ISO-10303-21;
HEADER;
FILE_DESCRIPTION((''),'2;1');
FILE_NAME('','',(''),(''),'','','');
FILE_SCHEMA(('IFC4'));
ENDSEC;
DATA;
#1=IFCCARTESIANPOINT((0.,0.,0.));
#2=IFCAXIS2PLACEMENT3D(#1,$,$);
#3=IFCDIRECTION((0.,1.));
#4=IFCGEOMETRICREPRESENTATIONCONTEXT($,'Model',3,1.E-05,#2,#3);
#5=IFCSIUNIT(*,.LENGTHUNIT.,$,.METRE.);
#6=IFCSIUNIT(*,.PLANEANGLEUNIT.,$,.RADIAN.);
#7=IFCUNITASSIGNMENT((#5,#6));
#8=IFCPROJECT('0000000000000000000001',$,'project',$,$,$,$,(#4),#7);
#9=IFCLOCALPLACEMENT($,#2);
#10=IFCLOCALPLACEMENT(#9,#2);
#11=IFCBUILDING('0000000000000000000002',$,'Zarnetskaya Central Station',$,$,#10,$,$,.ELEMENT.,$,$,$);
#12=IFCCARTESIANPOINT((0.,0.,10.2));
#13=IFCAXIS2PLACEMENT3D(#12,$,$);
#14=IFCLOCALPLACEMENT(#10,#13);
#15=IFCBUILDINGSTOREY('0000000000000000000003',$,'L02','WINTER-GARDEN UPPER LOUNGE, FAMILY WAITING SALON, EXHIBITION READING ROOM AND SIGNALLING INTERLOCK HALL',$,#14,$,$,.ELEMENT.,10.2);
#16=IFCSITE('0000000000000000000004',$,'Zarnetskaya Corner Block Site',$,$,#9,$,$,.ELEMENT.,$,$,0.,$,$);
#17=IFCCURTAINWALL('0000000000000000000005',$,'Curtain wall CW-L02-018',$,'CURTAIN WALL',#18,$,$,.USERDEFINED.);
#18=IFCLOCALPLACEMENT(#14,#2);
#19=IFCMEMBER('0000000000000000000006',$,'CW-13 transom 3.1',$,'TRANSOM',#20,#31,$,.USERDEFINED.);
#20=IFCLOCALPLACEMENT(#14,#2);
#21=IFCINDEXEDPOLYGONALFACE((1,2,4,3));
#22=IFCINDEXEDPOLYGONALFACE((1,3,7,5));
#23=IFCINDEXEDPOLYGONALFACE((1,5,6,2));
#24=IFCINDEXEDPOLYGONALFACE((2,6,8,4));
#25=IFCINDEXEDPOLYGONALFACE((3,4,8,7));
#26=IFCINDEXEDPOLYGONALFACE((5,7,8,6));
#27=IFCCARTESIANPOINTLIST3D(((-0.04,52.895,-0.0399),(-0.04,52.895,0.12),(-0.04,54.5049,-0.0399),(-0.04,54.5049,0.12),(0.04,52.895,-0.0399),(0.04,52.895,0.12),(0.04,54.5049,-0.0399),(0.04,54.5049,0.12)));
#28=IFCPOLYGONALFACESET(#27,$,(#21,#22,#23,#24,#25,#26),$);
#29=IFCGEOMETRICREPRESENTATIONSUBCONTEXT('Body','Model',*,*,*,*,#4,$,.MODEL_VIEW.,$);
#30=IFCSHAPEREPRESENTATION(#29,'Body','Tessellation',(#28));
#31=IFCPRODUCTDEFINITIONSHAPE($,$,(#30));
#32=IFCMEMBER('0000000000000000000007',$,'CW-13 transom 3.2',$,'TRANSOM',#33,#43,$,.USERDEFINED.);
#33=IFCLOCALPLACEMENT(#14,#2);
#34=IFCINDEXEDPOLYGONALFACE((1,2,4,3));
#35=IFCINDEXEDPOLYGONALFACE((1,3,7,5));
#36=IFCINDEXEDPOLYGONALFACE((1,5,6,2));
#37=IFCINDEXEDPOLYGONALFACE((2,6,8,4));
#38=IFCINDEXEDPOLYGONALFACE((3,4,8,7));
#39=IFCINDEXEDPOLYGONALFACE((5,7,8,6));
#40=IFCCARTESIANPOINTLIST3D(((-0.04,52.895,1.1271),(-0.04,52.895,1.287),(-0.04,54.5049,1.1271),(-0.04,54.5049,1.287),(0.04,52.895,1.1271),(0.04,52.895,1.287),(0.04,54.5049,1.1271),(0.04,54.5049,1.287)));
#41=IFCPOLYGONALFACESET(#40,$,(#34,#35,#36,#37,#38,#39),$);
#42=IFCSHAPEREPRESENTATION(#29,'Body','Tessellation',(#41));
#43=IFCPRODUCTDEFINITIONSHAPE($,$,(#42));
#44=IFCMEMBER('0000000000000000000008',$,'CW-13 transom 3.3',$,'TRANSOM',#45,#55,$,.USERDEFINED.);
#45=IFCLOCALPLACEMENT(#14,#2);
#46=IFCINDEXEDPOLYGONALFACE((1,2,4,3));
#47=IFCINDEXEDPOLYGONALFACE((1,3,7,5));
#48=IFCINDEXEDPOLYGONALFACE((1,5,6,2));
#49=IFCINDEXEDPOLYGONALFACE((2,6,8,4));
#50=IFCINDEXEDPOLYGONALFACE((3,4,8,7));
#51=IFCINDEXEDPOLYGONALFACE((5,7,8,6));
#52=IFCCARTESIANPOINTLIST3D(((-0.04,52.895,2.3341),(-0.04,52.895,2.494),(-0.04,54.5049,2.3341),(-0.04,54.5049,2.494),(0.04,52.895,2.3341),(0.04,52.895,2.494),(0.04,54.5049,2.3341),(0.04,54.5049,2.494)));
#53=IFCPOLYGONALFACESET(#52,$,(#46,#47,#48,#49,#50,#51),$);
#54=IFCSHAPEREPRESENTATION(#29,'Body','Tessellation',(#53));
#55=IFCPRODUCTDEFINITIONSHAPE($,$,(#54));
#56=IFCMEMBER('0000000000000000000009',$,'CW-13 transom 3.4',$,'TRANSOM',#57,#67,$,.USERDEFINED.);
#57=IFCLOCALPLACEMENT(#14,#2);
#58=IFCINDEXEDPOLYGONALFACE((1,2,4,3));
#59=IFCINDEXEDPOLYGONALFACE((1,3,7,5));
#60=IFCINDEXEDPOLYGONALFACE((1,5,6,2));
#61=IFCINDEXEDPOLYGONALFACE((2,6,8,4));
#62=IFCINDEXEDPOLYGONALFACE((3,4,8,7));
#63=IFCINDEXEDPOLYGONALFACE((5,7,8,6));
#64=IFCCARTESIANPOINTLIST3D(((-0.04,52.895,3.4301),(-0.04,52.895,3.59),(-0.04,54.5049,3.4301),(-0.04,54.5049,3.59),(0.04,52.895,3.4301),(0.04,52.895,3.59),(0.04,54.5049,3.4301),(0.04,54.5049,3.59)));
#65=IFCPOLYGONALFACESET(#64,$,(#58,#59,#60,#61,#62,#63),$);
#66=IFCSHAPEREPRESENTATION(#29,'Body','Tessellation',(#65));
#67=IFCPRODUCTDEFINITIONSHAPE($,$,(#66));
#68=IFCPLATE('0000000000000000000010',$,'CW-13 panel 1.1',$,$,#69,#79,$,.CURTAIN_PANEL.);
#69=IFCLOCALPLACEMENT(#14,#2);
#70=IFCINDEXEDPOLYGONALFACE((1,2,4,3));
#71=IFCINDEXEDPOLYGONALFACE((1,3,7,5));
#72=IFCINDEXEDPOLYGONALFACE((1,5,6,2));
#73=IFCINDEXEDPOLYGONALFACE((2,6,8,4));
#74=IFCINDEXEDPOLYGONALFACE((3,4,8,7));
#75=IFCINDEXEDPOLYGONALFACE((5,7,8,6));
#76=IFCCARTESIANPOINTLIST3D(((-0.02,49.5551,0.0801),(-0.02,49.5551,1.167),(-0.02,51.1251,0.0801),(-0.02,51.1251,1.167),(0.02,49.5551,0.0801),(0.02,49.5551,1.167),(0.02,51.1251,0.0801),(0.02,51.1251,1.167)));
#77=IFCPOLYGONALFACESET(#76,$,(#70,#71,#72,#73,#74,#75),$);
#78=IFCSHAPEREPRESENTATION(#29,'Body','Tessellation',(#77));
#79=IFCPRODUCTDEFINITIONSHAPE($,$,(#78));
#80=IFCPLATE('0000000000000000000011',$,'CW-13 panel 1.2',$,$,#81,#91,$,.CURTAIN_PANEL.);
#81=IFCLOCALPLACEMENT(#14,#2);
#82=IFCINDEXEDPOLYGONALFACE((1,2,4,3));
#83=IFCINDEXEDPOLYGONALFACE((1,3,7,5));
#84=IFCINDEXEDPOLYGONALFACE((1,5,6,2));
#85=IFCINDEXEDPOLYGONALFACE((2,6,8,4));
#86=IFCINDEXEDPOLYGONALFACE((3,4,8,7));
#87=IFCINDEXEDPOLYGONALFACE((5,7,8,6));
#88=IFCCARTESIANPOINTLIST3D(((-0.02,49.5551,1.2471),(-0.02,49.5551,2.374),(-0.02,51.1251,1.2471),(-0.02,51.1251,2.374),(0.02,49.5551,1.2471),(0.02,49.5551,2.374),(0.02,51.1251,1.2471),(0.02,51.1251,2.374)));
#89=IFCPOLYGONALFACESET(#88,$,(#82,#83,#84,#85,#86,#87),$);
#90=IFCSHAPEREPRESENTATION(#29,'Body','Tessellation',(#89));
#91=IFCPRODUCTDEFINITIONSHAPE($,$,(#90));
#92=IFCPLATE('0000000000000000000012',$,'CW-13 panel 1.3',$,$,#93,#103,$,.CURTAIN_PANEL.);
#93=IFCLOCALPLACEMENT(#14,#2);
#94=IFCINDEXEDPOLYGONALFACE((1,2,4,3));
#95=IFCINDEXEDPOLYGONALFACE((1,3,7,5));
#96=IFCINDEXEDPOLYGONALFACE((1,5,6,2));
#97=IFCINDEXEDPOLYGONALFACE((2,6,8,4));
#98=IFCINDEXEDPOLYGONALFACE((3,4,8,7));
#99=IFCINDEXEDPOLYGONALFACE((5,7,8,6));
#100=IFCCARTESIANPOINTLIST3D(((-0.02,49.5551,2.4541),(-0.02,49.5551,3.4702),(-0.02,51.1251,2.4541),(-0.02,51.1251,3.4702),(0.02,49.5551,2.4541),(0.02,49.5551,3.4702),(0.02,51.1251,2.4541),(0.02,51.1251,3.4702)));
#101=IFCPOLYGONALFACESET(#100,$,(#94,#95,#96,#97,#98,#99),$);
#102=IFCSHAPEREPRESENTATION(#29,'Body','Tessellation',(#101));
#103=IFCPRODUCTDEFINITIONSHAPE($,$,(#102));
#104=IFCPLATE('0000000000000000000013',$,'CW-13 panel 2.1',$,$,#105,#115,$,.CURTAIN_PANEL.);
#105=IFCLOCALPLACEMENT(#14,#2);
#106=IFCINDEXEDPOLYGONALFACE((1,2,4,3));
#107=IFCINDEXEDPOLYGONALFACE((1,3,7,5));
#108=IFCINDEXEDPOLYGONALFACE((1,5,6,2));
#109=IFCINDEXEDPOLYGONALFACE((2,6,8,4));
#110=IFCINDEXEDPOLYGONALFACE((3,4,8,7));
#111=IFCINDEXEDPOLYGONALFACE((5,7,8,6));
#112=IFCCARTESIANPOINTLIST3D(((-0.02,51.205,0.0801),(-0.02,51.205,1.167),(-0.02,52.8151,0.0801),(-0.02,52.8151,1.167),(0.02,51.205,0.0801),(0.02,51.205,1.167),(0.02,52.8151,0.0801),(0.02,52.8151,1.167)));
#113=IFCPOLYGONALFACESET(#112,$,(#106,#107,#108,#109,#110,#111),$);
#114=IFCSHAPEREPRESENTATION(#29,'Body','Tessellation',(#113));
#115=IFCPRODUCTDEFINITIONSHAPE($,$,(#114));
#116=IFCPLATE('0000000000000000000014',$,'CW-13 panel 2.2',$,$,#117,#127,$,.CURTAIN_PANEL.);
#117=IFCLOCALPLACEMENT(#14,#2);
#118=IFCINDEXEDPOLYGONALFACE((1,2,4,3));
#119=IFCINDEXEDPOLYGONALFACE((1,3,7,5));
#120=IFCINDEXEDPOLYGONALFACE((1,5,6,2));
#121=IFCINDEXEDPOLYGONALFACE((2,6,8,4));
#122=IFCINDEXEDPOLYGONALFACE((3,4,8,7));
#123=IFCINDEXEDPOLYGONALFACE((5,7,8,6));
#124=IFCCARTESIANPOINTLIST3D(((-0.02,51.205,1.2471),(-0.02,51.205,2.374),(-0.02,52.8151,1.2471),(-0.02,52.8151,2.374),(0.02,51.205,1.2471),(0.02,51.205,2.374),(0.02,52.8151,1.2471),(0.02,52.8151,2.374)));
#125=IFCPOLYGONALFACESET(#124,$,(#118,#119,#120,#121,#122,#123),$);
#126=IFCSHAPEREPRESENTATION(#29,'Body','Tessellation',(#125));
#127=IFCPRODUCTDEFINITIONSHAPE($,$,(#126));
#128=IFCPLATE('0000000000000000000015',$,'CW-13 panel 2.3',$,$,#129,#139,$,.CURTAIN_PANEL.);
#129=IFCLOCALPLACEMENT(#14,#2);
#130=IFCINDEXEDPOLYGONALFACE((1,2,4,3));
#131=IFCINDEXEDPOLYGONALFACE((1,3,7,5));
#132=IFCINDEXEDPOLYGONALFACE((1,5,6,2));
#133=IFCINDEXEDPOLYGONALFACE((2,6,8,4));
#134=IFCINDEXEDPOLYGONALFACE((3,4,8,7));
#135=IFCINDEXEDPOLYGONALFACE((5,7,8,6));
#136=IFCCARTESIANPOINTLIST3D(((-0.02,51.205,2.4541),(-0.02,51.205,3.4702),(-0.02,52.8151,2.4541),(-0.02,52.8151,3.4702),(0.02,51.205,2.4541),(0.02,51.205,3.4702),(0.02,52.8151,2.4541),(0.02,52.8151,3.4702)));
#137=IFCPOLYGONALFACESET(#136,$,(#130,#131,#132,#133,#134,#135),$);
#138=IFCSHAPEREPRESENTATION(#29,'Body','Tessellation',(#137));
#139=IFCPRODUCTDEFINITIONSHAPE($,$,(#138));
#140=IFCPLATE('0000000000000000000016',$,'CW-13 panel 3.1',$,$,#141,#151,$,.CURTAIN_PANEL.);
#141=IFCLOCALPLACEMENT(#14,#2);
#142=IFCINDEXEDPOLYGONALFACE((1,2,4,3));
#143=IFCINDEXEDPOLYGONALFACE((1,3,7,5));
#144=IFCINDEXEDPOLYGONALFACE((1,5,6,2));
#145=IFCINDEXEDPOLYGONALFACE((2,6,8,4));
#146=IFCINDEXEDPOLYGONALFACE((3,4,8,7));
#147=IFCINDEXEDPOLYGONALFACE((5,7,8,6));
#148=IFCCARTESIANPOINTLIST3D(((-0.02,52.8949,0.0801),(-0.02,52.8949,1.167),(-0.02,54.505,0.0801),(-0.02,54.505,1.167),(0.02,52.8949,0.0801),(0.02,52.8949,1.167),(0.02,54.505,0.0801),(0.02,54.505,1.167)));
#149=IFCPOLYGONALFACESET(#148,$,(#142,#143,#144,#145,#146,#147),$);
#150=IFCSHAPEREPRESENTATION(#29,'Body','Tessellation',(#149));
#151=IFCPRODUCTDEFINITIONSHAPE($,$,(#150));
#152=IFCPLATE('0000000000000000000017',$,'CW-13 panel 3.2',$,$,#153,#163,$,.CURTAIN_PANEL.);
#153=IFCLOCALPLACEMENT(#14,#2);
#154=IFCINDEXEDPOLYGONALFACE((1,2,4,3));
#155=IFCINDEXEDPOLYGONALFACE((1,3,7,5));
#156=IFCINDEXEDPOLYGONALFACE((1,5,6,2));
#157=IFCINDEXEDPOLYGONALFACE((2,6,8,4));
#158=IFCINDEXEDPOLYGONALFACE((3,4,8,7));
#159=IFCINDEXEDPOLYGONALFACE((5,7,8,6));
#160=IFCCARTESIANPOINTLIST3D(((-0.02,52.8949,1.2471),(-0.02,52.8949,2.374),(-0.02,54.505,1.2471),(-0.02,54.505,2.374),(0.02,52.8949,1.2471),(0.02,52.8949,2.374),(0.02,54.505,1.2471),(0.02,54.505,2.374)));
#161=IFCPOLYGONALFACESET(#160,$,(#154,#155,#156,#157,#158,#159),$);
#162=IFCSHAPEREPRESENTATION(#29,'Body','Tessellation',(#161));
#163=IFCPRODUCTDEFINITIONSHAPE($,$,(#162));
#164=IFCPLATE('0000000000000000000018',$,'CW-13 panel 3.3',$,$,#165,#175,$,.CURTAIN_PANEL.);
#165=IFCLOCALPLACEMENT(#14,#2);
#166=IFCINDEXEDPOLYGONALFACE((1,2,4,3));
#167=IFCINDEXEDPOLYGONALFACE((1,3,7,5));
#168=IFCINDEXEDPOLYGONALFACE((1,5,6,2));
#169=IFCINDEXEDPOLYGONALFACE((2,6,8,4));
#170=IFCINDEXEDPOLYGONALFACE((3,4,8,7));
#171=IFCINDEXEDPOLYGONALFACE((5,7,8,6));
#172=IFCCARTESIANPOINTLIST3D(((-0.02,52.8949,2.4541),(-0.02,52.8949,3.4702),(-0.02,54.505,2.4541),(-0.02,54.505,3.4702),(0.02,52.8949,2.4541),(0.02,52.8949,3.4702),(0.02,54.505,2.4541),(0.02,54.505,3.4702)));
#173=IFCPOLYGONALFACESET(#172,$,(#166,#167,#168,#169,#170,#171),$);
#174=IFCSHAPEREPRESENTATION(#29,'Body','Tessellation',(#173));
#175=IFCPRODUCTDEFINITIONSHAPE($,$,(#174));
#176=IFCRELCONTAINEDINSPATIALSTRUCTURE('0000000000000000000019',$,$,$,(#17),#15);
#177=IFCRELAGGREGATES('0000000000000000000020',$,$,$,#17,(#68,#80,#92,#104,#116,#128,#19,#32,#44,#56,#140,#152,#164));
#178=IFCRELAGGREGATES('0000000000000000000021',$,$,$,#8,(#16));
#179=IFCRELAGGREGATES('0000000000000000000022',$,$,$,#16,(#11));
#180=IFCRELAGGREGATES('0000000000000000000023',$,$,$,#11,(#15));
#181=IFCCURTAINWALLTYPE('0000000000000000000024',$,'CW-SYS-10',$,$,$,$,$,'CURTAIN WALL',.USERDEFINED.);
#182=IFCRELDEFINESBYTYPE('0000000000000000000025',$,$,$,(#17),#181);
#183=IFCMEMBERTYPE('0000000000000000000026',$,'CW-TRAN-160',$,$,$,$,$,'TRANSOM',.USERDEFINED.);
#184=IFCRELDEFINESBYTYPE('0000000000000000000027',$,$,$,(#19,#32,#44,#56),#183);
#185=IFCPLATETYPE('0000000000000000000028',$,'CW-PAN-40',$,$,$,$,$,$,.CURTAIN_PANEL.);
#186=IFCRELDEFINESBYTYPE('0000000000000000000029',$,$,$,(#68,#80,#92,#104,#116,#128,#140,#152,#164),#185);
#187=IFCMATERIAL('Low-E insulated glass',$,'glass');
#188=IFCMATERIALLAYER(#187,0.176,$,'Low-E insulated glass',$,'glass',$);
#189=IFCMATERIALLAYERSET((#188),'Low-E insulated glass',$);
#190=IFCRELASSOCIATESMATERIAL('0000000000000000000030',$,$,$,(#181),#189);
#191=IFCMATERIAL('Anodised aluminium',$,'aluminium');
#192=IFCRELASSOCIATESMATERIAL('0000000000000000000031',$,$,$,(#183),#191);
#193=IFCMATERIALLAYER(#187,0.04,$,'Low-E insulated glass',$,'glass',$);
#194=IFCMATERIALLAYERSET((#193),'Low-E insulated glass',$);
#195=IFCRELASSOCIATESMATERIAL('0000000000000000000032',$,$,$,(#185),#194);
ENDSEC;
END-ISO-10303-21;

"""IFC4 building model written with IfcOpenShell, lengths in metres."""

from ifc_helpers import new_model, si_unit, direction, frame, origin, origin_2d, place, context, subcontext, project, spatial, rectangle, extrude, material, layer, layer_set, material_profile, profile_set, type_object, element, aggregate, save


model = new_model("IFC4")

# Units and contexts
model_context = context("Model", 3, precision=1e-05, world=origin(), true_north=direction((0.0, 1.0)))
body_context = subcontext(model_context, "Body", "Model", "MODEL_VIEW")
ifc_project = project(units=[si_unit("LENGTHUNIT", "METRE"), si_unit("PLANEANGLEUNIT", "RADIAN")], contexts=[model_context])

# Site, building, storey
site_placement = place(None, origin())
site = spatial("IfcSite", under=ifc_project, at=site_placement, Name="Zarnetskaya Corner Block Site", CompositionType="ELEMENT", RefElevation=0.0)
building_placement = place(site_placement, origin())
building = spatial("IfcBuilding", under=site, at=building_placement, Name="Zarnetskaya Central Station", CompositionType="ELEMENT")
storey_placement = place(building_placement, frame((0.0, 0.0, 10.2)))
storey = spatial("IfcBuildingStorey", under=building, at=storey_placement, Name="L02", Description="WINTER-GARDEN UPPER LOUNGE, FAMILY WAITING SALON, EXHIBITION READING ROOM AND SIGNALLING INTERLOCK HALL", CompositionType="ELEMENT", Elevation=10.2)

# Curtain wall, members, plates
ifc_material_1 = material(Name="Low-E insulated glass", Category="glass")
ifc_layer_1 = layer(ifc_material_1, 0.176, Name="Low-E insulated glass", Category="glass")
ifc_layer_set_1 = layer_set([ifc_layer_1], Name="Low-E insulated glass")
curtain_wall_type = type_object("IfcCurtainWallType", Name="CW-SYS-10", ElementType="CURTAIN WALL", PredefinedType="USERDEFINED", material=ifc_layer_set_1)
curtain_wall_placement = place(storey_placement, origin())
curtain_wall = element("IfcCurtainWall", 1, at=curtain_wall_placement, inside=storey, type_object=curtain_wall_type, Name="Curtain wall CW-L02-018", ObjectType="CURTAIN WALL", PredefinedType="USERDEFINED")
ifc_material_2 = material(Name="Anodised aluminium", Category="aluminium")
ifc_material_profile_1 = material_profile(ifc_material_2, rectangle(XDim=0.0801, YDim=0.1599, at=origin_2d()), Name="ALU TRAN 80x160")
ifc_profile_set_1 = profile_set([ifc_material_profile_1], Name="Anodised aluminium")
member_type_1 = type_object("IfcMemberType", Name="CW-TRAN-160", ElementType="TRANSOM", PredefinedType="USERDEFINED", material=ifc_profile_set_1)
member_1_placement = place(storey_placement, frame((0.0, 52.895, 0.04), z_axis=(0.0, 1.0, 0.0), x_axis=(-1.0, 0.0, 0.0)))
member_1 = element("IfcMember", 2, at=member_1_placement, type_object=member_type_1, Name="CW-13 transom 3.1", ObjectType="TRANSOM", PredefinedType="USERDEFINED", context=body_context, shape_type="SweptSolid", body=[
    extrude(rectangle(XDim=0.0801, YDim=0.1599, at=origin_2d()), origin(), (0.0, 0.0, 1.0), 1.6099),
])
member_2_placement = place(storey_placement, frame((0.0, 52.895, 1.207), z_axis=(0.0, 1.0, 0.0), x_axis=(-1.0, 0.0, 0.0)))
member_2 = element("IfcMember", 3, at=member_2_placement, type_object=member_type_1, Name="CW-13 transom 3.2", ObjectType="TRANSOM", PredefinedType="USERDEFINED", context=body_context, shape_type="SweptSolid", body=[
    extrude(rectangle(XDim=0.0801, YDim=0.1599, at=origin_2d()), origin(), (0.0, 0.0, 1.0), 1.6099),
])
member_3_placement = place(storey_placement, frame((0.0, 52.895, 2.4141), z_axis=(0.0, 1.0, 0.0), x_axis=(-1.0, 0.0, 0.0)))
member_3 = element("IfcMember", 4, at=member_3_placement, type_object=member_type_1, Name="CW-13 transom 3.3", ObjectType="TRANSOM", PredefinedType="USERDEFINED", context=body_context, shape_type="SweptSolid", body=[
    extrude(rectangle(XDim=0.0801, YDim=0.1599, at=origin_2d()), origin(), (0.0, 0.0, 1.0), 1.6099),
])
member_4_placement = place(storey_placement, frame((0.0, 52.895, 3.51), z_axis=(0.0, 1.0, 0.0), x_axis=(-1.0, 0.0, 0.0)))
member_4 = element("IfcMember", 5, at=member_4_placement, type_object=member_type_1, Name="CW-13 transom 3.4", ObjectType="TRANSOM", PredefinedType="USERDEFINED", context=body_context, shape_type="SweptSolid", body=[
    extrude(rectangle(XDim=0.0801, YDim=0.1599, at=origin_2d()), origin(), (0.0, 0.0, 1.0), 1.6099),
])
ifc_layer_2 = layer(ifc_material_1, 0.04, Name="Low-E insulated glass", Category="glass")
ifc_layer_set_2 = layer_set([ifc_layer_2], Name="Low-E insulated glass")
plate_type = type_object("IfcPlateType", Name="CW-PAN-40", PredefinedType="CURTAIN_PANEL", material=ifc_layer_set_2)
plate_1_placement = place(storey_placement, frame((0.0, 50.3401, 0.0801), z_axis=(0.0, 0.0, 1.0), x_axis=(0.0, 1.0, 0.0)))
plate_1 = element("IfcPlate", 6, at=plate_1_placement, type_object=plate_type, Name="CW-13 panel 1.1", PredefinedType="CURTAIN_PANEL", context=body_context, shape_type="SweptSolid", body=[
    extrude(rectangle(XDim=1.5701, YDim=0.04, at=origin_2d()), origin(), (0.0, 0.0, 1.0), 1.0869),
])
plate_2_placement = place(storey_placement, frame((0.0, 50.3401, 1.2471), z_axis=(0.0, 0.0, 1.0), x_axis=(0.0, 1.0, 0.0)))
plate_2 = element("IfcPlate", 7, at=plate_2_placement, type_object=plate_type, Name="CW-13 panel 1.2", PredefinedType="CURTAIN_PANEL", context=body_context, shape_type="SweptSolid", body=[
    extrude(rectangle(XDim=1.5701, YDim=0.04, at=origin_2d()), origin(), (0.0, 0.0, 1.0), 1.127),
])
plate_3_placement = place(storey_placement, frame((0.0, 50.3401, 2.4541), z_axis=(0.0, 0.0, 1.0), x_axis=(0.0, 1.0, 0.0)))
plate_3 = element("IfcPlate", 8, at=plate_3_placement, type_object=plate_type, Name="CW-13 panel 1.3", PredefinedType="CURTAIN_PANEL", context=body_context, shape_type="SweptSolid", body=[
    extrude(rectangle(XDim=1.5701, YDim=0.04, at=origin_2d()), origin(), (0.0, 0.0, 1.0), 1.0161),
])
plate_4_placement = place(storey_placement, frame((0.0, 52.01, 0.0801), z_axis=(0.0, 0.0, 1.0), x_axis=(0.0, 1.0, 0.0)))
plate_4 = element("IfcPlate", 9, at=plate_4_placement, type_object=plate_type, Name="CW-13 panel 2.1", PredefinedType="CURTAIN_PANEL", context=body_context, shape_type="SweptSolid", body=[
    extrude(rectangle(XDim=1.6101, YDim=0.04, at=origin_2d()), origin(), (0.0, 0.0, 1.0), 1.0869),
])
plate_5_placement = place(storey_placement, frame((0.0, 52.01, 1.2471), z_axis=(0.0, 0.0, 1.0), x_axis=(0.0, 1.0, 0.0)))
plate_5 = element("IfcPlate", 10, at=plate_5_placement, type_object=plate_type, Name="CW-13 panel 2.2", PredefinedType="CURTAIN_PANEL", context=body_context, shape_type="SweptSolid", body=[
    extrude(rectangle(XDim=1.6101, YDim=0.04, at=origin_2d()), origin(), (0.0, 0.0, 1.0), 1.127),
])
plate_6_placement = place(storey_placement, frame((0.0, 52.01, 2.4541), z_axis=(0.0, 0.0, 1.0), x_axis=(0.0, 1.0, 0.0)))
plate_6 = element("IfcPlate", 11, at=plate_6_placement, type_object=plate_type, Name="CW-13 panel 2.3", PredefinedType="CURTAIN_PANEL", context=body_context, shape_type="SweptSolid", body=[
    extrude(rectangle(XDim=1.6101, YDim=0.04, at=origin_2d()), origin(), (0.0, 0.0, 1.0), 1.0161),
])
plate_7_placement = place(storey_placement, frame((0.0, 53.7, 0.0801), z_axis=(0.0, 0.0, 1.0), x_axis=(0.0, 1.0, 0.0)))
plate_7 = element("IfcPlate", 12, at=plate_7_placement, type_object=plate_type, Name="CW-13 panel 3.1", PredefinedType="CURTAIN_PANEL", context=body_context, shape_type="SweptSolid", body=[
    extrude(rectangle(XDim=1.6101, YDim=0.04, at=origin_2d()), origin(), (0.0, 0.0, 1.0), 1.0869),
])
plate_8_placement = place(storey_placement, frame((0.0, 53.7, 1.2471), z_axis=(0.0, 0.0, 1.0), x_axis=(0.0, 1.0, 0.0)))
plate_8 = element("IfcPlate", 13, at=plate_8_placement, type_object=plate_type, Name="CW-13 panel 3.2", PredefinedType="CURTAIN_PANEL", context=body_context, shape_type="SweptSolid", body=[
    extrude(rectangle(XDim=1.6101, YDim=0.04, at=origin_2d()), origin(), (0.0, 0.0, 1.0), 1.127),
])
plate_9_placement = place(storey_placement, frame((0.0, 53.7, 2.4541), z_axis=(0.0, 0.0, 1.0), x_axis=(0.0, 1.0, 0.0)))
plate_9 = element("IfcPlate", 14, at=plate_9_placement, type_object=plate_type, Name="CW-13 panel 3.3", PredefinedType="CURTAIN_PANEL", context=body_context, shape_type="SweptSolid", body=[
    extrude(rectangle(XDim=1.6101, YDim=0.04, at=origin_2d()), origin(), (0.0, 0.0, 1.0), 1.0161),
])
aggregate(curtain_wall, [plate_1, plate_2, plate_3, plate_4, plate_5, plate_6, member_1, member_2, member_3, member_4, plate_7, plate_8, plate_9])

save(model, "model.ifc")
